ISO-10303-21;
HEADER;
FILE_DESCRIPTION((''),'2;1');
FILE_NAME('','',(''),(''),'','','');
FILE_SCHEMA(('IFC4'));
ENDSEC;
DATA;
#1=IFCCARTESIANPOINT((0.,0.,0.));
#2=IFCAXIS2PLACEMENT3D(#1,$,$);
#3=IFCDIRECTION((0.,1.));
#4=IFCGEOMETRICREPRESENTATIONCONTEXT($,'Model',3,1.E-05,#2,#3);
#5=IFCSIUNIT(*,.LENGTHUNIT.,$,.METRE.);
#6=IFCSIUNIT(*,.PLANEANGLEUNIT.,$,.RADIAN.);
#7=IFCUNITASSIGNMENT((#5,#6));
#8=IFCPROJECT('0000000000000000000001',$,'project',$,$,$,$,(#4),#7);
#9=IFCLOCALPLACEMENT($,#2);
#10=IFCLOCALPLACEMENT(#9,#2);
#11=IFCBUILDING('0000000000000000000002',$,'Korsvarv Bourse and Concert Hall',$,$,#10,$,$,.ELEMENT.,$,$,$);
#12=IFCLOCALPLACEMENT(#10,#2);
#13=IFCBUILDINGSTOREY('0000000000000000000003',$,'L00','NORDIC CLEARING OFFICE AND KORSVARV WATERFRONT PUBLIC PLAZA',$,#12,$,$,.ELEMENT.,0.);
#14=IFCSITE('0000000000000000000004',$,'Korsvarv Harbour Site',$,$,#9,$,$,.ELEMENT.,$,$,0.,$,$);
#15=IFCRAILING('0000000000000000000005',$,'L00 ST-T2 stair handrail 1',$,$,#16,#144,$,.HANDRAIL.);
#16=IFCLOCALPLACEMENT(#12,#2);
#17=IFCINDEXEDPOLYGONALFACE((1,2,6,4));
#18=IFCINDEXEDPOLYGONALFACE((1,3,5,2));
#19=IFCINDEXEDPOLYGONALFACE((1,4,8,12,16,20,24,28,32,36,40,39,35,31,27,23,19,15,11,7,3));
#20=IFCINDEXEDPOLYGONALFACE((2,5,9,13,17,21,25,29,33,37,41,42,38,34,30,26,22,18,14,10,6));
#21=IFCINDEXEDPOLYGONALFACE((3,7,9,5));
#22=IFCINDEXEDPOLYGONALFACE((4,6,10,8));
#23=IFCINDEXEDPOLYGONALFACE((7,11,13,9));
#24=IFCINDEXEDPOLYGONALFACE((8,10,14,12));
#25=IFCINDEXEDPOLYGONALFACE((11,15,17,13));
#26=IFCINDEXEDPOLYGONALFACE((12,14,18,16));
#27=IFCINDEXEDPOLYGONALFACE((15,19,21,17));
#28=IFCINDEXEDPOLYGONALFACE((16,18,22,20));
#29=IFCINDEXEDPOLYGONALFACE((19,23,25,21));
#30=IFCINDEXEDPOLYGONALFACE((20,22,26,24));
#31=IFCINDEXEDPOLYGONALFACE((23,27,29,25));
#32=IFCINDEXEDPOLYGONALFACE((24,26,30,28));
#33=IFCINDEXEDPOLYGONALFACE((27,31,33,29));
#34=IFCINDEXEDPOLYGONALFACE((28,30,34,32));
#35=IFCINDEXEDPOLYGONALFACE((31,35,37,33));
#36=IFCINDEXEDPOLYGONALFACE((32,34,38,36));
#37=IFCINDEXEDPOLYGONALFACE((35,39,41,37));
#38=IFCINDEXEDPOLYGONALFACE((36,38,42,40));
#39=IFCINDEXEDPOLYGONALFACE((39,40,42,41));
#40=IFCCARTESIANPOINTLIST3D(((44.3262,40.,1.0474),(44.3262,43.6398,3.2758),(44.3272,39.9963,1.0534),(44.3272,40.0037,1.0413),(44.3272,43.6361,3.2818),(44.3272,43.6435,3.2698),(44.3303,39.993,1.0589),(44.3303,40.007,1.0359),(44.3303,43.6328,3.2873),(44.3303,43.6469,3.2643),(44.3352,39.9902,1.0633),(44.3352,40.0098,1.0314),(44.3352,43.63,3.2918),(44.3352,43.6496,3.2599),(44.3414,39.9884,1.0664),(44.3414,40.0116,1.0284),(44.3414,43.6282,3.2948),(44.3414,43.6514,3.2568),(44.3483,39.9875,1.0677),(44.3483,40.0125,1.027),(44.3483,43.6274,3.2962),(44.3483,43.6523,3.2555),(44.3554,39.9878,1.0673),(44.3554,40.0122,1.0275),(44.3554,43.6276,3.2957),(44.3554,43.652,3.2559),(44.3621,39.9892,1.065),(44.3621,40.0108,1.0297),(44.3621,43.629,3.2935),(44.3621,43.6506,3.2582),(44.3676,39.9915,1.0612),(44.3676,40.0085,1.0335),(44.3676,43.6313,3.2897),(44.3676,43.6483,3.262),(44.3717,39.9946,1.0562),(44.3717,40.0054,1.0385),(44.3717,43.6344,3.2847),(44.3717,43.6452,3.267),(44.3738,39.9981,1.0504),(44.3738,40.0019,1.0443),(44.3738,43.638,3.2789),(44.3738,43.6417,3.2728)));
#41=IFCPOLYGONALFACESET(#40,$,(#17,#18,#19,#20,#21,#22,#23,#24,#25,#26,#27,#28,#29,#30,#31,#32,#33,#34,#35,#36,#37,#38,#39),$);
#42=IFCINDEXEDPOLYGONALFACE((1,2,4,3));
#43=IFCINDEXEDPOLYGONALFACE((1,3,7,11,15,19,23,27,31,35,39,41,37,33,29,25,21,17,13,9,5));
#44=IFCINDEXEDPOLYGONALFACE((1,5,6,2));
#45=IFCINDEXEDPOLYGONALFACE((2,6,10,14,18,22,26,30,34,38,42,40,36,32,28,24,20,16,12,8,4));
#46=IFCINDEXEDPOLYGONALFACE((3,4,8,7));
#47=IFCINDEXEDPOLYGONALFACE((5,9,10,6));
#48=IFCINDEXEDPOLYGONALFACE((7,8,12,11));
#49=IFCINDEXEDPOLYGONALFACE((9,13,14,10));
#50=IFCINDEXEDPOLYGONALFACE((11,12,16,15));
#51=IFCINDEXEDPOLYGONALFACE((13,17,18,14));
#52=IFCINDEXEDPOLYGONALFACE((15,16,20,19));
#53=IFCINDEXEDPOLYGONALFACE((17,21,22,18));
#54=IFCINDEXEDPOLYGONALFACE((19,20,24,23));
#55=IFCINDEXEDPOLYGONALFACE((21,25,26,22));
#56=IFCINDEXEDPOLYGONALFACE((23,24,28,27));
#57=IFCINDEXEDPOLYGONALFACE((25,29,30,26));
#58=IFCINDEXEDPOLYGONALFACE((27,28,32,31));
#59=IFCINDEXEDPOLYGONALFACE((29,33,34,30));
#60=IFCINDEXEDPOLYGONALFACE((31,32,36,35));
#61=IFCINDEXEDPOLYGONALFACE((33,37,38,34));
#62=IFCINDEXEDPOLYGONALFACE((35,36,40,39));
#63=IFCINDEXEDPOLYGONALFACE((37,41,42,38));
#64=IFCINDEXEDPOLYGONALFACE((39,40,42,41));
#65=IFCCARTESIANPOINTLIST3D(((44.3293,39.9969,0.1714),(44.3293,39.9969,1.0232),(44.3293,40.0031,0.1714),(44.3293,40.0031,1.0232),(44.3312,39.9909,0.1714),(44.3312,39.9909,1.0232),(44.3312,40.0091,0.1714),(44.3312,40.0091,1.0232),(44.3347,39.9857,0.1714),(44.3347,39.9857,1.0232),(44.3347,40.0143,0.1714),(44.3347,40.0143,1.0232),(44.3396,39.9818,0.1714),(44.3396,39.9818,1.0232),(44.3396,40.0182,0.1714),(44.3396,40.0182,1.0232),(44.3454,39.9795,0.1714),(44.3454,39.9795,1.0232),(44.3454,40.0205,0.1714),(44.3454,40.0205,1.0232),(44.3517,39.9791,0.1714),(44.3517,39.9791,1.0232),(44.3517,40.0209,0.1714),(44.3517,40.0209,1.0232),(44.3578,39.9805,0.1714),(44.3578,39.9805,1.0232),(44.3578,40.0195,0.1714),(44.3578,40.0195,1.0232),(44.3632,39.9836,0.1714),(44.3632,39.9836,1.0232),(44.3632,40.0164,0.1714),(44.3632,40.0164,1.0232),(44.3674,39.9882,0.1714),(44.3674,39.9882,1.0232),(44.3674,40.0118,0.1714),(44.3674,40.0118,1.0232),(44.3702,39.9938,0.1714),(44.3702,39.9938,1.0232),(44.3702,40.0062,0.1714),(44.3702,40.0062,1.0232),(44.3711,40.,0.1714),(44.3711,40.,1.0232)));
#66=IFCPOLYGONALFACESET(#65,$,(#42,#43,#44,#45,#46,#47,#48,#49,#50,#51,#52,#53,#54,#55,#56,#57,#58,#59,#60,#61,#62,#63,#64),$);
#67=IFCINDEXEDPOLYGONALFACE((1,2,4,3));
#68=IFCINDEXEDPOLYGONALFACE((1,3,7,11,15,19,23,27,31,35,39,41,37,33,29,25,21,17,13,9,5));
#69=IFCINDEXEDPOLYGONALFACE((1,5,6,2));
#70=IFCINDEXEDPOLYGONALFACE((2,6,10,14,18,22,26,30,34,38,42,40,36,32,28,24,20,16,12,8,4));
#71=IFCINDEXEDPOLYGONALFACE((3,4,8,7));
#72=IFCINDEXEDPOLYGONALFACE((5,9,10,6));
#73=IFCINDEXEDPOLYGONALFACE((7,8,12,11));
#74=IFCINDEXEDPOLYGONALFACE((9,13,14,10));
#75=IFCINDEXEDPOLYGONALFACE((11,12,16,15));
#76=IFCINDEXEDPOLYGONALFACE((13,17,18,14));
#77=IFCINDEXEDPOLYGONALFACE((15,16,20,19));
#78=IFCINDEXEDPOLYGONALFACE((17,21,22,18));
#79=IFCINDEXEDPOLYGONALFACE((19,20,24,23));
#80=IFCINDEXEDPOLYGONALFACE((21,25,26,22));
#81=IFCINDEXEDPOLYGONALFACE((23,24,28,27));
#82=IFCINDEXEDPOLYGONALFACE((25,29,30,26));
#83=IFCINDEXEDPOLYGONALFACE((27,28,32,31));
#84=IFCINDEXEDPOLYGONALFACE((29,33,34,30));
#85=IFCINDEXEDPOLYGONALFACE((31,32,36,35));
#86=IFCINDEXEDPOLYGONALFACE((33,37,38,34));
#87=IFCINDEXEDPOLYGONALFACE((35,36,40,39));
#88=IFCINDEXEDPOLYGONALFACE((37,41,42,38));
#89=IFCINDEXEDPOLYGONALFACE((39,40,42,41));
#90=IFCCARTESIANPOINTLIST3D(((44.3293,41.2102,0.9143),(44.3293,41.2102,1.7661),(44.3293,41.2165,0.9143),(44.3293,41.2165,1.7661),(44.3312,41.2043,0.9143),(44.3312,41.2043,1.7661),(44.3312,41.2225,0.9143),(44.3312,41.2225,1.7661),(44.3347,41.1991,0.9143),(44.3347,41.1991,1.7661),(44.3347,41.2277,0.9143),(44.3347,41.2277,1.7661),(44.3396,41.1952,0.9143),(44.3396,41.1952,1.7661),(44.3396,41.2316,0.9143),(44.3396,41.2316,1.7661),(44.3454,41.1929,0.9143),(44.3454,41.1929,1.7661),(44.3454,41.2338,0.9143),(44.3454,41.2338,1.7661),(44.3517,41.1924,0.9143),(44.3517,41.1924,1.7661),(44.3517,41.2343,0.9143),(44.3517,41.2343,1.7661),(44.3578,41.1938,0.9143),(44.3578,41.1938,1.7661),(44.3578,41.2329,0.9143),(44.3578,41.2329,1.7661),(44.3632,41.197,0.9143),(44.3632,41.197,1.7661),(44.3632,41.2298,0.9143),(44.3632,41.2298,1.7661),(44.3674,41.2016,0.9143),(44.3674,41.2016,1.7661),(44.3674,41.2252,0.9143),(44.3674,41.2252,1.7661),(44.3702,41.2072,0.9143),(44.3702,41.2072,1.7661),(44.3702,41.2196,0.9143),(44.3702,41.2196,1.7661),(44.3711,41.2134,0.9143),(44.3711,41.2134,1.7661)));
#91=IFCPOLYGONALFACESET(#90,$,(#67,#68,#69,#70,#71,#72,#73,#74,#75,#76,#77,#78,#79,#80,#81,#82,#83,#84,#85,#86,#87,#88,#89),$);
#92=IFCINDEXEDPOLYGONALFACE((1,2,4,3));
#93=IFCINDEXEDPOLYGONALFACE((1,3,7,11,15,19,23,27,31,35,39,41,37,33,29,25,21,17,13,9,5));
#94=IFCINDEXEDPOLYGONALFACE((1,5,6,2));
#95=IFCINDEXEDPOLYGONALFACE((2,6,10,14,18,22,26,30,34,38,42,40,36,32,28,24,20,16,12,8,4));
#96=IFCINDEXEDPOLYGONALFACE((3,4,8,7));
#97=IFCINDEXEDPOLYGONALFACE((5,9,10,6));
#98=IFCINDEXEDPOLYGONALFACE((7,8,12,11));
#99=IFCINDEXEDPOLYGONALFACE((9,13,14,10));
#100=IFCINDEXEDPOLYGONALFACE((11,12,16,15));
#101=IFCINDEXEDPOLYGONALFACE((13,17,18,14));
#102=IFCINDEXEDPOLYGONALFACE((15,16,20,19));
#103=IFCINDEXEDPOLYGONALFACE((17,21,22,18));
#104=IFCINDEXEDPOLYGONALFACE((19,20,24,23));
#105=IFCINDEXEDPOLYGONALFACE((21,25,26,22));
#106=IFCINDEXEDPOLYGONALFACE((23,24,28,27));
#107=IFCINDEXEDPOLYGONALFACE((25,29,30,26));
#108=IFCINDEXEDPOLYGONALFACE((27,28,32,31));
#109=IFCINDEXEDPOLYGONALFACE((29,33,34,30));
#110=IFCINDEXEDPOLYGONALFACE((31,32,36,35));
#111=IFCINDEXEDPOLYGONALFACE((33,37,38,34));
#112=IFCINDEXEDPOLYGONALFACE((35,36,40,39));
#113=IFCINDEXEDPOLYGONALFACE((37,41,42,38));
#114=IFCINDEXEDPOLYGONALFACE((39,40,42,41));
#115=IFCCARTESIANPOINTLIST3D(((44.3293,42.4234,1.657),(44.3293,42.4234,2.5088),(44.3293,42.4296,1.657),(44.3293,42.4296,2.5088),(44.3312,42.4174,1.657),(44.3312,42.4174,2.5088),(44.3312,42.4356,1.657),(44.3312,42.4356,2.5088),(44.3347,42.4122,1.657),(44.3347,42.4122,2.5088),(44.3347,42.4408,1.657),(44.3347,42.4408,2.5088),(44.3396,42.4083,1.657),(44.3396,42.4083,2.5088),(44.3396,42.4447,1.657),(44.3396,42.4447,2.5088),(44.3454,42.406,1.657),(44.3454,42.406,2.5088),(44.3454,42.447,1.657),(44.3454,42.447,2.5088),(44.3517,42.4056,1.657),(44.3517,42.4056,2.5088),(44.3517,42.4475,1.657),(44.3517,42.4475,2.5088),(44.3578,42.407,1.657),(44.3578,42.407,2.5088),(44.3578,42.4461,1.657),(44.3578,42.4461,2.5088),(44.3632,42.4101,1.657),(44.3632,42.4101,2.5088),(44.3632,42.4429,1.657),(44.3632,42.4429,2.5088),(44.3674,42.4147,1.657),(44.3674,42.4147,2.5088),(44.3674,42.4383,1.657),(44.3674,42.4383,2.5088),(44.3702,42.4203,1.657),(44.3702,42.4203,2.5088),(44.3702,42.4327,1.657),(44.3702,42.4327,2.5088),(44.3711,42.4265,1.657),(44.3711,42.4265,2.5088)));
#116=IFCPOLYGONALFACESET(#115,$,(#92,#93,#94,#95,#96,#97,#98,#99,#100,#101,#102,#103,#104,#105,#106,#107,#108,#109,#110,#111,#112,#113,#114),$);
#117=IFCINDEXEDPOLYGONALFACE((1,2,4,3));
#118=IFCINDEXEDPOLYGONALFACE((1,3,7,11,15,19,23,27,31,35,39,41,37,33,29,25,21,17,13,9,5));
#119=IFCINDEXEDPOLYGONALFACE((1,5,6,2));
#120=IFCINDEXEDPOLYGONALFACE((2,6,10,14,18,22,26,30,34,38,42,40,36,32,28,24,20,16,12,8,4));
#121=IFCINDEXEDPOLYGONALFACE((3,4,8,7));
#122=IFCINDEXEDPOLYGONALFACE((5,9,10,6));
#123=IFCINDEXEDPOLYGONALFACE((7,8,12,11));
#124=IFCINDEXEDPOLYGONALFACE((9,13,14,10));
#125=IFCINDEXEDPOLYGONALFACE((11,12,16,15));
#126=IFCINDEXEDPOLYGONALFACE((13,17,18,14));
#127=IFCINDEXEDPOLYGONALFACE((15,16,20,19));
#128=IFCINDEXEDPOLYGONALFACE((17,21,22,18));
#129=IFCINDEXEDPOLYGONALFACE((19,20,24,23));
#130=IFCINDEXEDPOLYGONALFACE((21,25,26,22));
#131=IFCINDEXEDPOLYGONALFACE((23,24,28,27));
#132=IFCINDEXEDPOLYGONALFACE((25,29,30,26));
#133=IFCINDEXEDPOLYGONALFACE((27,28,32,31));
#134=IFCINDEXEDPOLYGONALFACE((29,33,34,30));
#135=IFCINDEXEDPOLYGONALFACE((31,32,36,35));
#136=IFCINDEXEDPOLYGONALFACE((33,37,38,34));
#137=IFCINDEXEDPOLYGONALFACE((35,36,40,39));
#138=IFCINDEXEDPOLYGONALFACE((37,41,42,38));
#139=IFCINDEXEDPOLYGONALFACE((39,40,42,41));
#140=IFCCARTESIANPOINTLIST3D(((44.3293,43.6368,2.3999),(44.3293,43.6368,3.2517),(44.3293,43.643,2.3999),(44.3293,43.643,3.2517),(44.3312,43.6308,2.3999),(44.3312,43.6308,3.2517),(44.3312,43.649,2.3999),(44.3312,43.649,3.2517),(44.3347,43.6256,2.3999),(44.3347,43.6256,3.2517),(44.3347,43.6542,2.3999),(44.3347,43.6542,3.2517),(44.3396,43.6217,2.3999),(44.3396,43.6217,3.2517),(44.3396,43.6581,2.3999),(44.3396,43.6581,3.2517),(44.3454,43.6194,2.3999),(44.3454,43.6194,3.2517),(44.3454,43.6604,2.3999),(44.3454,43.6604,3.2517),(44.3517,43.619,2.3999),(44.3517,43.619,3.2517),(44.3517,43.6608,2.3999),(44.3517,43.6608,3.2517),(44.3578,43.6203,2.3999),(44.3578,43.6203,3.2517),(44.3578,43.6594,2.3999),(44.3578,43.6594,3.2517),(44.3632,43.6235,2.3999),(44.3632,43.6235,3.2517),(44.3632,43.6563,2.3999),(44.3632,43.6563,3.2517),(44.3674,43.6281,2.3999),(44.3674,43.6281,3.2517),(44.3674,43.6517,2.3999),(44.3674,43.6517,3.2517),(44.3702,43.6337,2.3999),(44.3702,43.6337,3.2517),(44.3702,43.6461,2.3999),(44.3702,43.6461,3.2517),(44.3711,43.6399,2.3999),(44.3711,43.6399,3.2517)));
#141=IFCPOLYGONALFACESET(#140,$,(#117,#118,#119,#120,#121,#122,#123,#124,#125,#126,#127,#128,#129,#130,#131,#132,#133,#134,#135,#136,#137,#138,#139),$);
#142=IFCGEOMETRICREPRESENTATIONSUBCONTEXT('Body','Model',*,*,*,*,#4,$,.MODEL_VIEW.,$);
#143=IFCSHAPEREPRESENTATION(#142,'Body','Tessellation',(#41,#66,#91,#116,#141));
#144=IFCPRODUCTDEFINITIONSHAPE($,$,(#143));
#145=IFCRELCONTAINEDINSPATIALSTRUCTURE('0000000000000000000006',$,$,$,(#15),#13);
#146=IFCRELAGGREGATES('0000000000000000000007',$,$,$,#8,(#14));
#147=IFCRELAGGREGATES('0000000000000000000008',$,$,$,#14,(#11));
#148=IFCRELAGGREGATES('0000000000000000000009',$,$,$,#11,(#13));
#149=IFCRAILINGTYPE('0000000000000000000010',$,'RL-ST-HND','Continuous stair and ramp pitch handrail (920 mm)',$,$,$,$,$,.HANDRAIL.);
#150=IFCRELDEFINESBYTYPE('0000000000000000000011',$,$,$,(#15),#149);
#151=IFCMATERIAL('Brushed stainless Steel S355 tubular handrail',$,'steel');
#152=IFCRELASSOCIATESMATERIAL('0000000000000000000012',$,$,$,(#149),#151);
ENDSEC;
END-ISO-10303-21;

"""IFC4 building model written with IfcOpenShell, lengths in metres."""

from ifc_helpers import new_model, si_unit, direction, frame, origin, origin_2d, place, context, subcontext, project, spatial, circle, extrude, material, type_object, element, save


model = new_model("IFC4")

# Units and contexts
model_context = context("Model", 3, precision=1e-05, world=origin(), true_north=direction((0.0, 1.0)))
body_context = subcontext(model_context, "Body", "Model", "MODEL_VIEW")
ifc_project = project(units=[si_unit("LENGTHUNIT", "METRE"), si_unit("PLANEANGLEUNIT", "RADIAN")], contexts=[model_context])

# Site, building, storey
site_placement = place(None, origin())
site = spatial("IfcSite", under=ifc_project, at=site_placement, Name="Korsvarv Harbour Site", CompositionType="ELEMENT", RefElevation=0.0)
building_placement = place(site_placement, origin())
building = spatial("IfcBuilding", under=site, at=building_placement, Name="Korsvarv Bourse and Concert Hall", CompositionType="ELEMENT")
storey_placement = place(building_placement, origin())
storey = spatial("IfcBuildingStorey", under=building, at=storey_placement, Name="L00", Description="NORDIC CLEARING OFFICE AND KORSVARV WATERFRONT PUBLIC PLAZA", CompositionType="ELEMENT", Elevation=0.0)

# Railing
ifc_material_1 = material(Name="Brushed stainless Steel S355 tubular handrail", Category="steel")
railing_type_1 = type_object("IfcRailingType", Name="RL-ST-HND", Description="Continuous stair and ramp pitch handrail (920 mm)", PredefinedType="HANDRAIL", material=ifc_material_1)
for number, where, name in (
    (1, (44.3501, 40.0, 0.1714), "L00 ST-T2 stair handrail 1"),
):
    element("IfcRailing", number, at=place(storey_placement, frame(where)), inside=storey, type_object=railing_type_1, Name=name, PredefinedType="HANDRAIL", context=body_context, shape_type="SweptSolid", body=[
        extrude(circle(Radius=0.0239, at=origin_2d()), frame((0.0, 0.0, 0.876), z_axis=(0.0, 0.85285, 0.522156), x_axis=(-1.0, 0.0, 0.0)), (0.0, 0.0, 1.0), 4.2678),
        extrude(circle(Radius=0.021, at=origin_2d()), origin(), (0.0, 0.0, 1.0), 0.8518),
        extrude(circle(Radius=0.021, at=origin_2d()), frame((0.0, 1.2134, 0.7429)), (0.0, 0.0, 1.0), 0.8518),
        extrude(circle(Radius=0.021, at=origin_2d()), frame((0.0, 2.4265, 1.4856)), (0.0, 0.0, 1.0), 0.8518),
        extrude(circle(Radius=0.021, at=origin_2d()), frame((0.0, 3.6399, 2.2285)), (0.0, 0.0, 1.0), 0.8518),
    ])

save(model, "model.ifc")
